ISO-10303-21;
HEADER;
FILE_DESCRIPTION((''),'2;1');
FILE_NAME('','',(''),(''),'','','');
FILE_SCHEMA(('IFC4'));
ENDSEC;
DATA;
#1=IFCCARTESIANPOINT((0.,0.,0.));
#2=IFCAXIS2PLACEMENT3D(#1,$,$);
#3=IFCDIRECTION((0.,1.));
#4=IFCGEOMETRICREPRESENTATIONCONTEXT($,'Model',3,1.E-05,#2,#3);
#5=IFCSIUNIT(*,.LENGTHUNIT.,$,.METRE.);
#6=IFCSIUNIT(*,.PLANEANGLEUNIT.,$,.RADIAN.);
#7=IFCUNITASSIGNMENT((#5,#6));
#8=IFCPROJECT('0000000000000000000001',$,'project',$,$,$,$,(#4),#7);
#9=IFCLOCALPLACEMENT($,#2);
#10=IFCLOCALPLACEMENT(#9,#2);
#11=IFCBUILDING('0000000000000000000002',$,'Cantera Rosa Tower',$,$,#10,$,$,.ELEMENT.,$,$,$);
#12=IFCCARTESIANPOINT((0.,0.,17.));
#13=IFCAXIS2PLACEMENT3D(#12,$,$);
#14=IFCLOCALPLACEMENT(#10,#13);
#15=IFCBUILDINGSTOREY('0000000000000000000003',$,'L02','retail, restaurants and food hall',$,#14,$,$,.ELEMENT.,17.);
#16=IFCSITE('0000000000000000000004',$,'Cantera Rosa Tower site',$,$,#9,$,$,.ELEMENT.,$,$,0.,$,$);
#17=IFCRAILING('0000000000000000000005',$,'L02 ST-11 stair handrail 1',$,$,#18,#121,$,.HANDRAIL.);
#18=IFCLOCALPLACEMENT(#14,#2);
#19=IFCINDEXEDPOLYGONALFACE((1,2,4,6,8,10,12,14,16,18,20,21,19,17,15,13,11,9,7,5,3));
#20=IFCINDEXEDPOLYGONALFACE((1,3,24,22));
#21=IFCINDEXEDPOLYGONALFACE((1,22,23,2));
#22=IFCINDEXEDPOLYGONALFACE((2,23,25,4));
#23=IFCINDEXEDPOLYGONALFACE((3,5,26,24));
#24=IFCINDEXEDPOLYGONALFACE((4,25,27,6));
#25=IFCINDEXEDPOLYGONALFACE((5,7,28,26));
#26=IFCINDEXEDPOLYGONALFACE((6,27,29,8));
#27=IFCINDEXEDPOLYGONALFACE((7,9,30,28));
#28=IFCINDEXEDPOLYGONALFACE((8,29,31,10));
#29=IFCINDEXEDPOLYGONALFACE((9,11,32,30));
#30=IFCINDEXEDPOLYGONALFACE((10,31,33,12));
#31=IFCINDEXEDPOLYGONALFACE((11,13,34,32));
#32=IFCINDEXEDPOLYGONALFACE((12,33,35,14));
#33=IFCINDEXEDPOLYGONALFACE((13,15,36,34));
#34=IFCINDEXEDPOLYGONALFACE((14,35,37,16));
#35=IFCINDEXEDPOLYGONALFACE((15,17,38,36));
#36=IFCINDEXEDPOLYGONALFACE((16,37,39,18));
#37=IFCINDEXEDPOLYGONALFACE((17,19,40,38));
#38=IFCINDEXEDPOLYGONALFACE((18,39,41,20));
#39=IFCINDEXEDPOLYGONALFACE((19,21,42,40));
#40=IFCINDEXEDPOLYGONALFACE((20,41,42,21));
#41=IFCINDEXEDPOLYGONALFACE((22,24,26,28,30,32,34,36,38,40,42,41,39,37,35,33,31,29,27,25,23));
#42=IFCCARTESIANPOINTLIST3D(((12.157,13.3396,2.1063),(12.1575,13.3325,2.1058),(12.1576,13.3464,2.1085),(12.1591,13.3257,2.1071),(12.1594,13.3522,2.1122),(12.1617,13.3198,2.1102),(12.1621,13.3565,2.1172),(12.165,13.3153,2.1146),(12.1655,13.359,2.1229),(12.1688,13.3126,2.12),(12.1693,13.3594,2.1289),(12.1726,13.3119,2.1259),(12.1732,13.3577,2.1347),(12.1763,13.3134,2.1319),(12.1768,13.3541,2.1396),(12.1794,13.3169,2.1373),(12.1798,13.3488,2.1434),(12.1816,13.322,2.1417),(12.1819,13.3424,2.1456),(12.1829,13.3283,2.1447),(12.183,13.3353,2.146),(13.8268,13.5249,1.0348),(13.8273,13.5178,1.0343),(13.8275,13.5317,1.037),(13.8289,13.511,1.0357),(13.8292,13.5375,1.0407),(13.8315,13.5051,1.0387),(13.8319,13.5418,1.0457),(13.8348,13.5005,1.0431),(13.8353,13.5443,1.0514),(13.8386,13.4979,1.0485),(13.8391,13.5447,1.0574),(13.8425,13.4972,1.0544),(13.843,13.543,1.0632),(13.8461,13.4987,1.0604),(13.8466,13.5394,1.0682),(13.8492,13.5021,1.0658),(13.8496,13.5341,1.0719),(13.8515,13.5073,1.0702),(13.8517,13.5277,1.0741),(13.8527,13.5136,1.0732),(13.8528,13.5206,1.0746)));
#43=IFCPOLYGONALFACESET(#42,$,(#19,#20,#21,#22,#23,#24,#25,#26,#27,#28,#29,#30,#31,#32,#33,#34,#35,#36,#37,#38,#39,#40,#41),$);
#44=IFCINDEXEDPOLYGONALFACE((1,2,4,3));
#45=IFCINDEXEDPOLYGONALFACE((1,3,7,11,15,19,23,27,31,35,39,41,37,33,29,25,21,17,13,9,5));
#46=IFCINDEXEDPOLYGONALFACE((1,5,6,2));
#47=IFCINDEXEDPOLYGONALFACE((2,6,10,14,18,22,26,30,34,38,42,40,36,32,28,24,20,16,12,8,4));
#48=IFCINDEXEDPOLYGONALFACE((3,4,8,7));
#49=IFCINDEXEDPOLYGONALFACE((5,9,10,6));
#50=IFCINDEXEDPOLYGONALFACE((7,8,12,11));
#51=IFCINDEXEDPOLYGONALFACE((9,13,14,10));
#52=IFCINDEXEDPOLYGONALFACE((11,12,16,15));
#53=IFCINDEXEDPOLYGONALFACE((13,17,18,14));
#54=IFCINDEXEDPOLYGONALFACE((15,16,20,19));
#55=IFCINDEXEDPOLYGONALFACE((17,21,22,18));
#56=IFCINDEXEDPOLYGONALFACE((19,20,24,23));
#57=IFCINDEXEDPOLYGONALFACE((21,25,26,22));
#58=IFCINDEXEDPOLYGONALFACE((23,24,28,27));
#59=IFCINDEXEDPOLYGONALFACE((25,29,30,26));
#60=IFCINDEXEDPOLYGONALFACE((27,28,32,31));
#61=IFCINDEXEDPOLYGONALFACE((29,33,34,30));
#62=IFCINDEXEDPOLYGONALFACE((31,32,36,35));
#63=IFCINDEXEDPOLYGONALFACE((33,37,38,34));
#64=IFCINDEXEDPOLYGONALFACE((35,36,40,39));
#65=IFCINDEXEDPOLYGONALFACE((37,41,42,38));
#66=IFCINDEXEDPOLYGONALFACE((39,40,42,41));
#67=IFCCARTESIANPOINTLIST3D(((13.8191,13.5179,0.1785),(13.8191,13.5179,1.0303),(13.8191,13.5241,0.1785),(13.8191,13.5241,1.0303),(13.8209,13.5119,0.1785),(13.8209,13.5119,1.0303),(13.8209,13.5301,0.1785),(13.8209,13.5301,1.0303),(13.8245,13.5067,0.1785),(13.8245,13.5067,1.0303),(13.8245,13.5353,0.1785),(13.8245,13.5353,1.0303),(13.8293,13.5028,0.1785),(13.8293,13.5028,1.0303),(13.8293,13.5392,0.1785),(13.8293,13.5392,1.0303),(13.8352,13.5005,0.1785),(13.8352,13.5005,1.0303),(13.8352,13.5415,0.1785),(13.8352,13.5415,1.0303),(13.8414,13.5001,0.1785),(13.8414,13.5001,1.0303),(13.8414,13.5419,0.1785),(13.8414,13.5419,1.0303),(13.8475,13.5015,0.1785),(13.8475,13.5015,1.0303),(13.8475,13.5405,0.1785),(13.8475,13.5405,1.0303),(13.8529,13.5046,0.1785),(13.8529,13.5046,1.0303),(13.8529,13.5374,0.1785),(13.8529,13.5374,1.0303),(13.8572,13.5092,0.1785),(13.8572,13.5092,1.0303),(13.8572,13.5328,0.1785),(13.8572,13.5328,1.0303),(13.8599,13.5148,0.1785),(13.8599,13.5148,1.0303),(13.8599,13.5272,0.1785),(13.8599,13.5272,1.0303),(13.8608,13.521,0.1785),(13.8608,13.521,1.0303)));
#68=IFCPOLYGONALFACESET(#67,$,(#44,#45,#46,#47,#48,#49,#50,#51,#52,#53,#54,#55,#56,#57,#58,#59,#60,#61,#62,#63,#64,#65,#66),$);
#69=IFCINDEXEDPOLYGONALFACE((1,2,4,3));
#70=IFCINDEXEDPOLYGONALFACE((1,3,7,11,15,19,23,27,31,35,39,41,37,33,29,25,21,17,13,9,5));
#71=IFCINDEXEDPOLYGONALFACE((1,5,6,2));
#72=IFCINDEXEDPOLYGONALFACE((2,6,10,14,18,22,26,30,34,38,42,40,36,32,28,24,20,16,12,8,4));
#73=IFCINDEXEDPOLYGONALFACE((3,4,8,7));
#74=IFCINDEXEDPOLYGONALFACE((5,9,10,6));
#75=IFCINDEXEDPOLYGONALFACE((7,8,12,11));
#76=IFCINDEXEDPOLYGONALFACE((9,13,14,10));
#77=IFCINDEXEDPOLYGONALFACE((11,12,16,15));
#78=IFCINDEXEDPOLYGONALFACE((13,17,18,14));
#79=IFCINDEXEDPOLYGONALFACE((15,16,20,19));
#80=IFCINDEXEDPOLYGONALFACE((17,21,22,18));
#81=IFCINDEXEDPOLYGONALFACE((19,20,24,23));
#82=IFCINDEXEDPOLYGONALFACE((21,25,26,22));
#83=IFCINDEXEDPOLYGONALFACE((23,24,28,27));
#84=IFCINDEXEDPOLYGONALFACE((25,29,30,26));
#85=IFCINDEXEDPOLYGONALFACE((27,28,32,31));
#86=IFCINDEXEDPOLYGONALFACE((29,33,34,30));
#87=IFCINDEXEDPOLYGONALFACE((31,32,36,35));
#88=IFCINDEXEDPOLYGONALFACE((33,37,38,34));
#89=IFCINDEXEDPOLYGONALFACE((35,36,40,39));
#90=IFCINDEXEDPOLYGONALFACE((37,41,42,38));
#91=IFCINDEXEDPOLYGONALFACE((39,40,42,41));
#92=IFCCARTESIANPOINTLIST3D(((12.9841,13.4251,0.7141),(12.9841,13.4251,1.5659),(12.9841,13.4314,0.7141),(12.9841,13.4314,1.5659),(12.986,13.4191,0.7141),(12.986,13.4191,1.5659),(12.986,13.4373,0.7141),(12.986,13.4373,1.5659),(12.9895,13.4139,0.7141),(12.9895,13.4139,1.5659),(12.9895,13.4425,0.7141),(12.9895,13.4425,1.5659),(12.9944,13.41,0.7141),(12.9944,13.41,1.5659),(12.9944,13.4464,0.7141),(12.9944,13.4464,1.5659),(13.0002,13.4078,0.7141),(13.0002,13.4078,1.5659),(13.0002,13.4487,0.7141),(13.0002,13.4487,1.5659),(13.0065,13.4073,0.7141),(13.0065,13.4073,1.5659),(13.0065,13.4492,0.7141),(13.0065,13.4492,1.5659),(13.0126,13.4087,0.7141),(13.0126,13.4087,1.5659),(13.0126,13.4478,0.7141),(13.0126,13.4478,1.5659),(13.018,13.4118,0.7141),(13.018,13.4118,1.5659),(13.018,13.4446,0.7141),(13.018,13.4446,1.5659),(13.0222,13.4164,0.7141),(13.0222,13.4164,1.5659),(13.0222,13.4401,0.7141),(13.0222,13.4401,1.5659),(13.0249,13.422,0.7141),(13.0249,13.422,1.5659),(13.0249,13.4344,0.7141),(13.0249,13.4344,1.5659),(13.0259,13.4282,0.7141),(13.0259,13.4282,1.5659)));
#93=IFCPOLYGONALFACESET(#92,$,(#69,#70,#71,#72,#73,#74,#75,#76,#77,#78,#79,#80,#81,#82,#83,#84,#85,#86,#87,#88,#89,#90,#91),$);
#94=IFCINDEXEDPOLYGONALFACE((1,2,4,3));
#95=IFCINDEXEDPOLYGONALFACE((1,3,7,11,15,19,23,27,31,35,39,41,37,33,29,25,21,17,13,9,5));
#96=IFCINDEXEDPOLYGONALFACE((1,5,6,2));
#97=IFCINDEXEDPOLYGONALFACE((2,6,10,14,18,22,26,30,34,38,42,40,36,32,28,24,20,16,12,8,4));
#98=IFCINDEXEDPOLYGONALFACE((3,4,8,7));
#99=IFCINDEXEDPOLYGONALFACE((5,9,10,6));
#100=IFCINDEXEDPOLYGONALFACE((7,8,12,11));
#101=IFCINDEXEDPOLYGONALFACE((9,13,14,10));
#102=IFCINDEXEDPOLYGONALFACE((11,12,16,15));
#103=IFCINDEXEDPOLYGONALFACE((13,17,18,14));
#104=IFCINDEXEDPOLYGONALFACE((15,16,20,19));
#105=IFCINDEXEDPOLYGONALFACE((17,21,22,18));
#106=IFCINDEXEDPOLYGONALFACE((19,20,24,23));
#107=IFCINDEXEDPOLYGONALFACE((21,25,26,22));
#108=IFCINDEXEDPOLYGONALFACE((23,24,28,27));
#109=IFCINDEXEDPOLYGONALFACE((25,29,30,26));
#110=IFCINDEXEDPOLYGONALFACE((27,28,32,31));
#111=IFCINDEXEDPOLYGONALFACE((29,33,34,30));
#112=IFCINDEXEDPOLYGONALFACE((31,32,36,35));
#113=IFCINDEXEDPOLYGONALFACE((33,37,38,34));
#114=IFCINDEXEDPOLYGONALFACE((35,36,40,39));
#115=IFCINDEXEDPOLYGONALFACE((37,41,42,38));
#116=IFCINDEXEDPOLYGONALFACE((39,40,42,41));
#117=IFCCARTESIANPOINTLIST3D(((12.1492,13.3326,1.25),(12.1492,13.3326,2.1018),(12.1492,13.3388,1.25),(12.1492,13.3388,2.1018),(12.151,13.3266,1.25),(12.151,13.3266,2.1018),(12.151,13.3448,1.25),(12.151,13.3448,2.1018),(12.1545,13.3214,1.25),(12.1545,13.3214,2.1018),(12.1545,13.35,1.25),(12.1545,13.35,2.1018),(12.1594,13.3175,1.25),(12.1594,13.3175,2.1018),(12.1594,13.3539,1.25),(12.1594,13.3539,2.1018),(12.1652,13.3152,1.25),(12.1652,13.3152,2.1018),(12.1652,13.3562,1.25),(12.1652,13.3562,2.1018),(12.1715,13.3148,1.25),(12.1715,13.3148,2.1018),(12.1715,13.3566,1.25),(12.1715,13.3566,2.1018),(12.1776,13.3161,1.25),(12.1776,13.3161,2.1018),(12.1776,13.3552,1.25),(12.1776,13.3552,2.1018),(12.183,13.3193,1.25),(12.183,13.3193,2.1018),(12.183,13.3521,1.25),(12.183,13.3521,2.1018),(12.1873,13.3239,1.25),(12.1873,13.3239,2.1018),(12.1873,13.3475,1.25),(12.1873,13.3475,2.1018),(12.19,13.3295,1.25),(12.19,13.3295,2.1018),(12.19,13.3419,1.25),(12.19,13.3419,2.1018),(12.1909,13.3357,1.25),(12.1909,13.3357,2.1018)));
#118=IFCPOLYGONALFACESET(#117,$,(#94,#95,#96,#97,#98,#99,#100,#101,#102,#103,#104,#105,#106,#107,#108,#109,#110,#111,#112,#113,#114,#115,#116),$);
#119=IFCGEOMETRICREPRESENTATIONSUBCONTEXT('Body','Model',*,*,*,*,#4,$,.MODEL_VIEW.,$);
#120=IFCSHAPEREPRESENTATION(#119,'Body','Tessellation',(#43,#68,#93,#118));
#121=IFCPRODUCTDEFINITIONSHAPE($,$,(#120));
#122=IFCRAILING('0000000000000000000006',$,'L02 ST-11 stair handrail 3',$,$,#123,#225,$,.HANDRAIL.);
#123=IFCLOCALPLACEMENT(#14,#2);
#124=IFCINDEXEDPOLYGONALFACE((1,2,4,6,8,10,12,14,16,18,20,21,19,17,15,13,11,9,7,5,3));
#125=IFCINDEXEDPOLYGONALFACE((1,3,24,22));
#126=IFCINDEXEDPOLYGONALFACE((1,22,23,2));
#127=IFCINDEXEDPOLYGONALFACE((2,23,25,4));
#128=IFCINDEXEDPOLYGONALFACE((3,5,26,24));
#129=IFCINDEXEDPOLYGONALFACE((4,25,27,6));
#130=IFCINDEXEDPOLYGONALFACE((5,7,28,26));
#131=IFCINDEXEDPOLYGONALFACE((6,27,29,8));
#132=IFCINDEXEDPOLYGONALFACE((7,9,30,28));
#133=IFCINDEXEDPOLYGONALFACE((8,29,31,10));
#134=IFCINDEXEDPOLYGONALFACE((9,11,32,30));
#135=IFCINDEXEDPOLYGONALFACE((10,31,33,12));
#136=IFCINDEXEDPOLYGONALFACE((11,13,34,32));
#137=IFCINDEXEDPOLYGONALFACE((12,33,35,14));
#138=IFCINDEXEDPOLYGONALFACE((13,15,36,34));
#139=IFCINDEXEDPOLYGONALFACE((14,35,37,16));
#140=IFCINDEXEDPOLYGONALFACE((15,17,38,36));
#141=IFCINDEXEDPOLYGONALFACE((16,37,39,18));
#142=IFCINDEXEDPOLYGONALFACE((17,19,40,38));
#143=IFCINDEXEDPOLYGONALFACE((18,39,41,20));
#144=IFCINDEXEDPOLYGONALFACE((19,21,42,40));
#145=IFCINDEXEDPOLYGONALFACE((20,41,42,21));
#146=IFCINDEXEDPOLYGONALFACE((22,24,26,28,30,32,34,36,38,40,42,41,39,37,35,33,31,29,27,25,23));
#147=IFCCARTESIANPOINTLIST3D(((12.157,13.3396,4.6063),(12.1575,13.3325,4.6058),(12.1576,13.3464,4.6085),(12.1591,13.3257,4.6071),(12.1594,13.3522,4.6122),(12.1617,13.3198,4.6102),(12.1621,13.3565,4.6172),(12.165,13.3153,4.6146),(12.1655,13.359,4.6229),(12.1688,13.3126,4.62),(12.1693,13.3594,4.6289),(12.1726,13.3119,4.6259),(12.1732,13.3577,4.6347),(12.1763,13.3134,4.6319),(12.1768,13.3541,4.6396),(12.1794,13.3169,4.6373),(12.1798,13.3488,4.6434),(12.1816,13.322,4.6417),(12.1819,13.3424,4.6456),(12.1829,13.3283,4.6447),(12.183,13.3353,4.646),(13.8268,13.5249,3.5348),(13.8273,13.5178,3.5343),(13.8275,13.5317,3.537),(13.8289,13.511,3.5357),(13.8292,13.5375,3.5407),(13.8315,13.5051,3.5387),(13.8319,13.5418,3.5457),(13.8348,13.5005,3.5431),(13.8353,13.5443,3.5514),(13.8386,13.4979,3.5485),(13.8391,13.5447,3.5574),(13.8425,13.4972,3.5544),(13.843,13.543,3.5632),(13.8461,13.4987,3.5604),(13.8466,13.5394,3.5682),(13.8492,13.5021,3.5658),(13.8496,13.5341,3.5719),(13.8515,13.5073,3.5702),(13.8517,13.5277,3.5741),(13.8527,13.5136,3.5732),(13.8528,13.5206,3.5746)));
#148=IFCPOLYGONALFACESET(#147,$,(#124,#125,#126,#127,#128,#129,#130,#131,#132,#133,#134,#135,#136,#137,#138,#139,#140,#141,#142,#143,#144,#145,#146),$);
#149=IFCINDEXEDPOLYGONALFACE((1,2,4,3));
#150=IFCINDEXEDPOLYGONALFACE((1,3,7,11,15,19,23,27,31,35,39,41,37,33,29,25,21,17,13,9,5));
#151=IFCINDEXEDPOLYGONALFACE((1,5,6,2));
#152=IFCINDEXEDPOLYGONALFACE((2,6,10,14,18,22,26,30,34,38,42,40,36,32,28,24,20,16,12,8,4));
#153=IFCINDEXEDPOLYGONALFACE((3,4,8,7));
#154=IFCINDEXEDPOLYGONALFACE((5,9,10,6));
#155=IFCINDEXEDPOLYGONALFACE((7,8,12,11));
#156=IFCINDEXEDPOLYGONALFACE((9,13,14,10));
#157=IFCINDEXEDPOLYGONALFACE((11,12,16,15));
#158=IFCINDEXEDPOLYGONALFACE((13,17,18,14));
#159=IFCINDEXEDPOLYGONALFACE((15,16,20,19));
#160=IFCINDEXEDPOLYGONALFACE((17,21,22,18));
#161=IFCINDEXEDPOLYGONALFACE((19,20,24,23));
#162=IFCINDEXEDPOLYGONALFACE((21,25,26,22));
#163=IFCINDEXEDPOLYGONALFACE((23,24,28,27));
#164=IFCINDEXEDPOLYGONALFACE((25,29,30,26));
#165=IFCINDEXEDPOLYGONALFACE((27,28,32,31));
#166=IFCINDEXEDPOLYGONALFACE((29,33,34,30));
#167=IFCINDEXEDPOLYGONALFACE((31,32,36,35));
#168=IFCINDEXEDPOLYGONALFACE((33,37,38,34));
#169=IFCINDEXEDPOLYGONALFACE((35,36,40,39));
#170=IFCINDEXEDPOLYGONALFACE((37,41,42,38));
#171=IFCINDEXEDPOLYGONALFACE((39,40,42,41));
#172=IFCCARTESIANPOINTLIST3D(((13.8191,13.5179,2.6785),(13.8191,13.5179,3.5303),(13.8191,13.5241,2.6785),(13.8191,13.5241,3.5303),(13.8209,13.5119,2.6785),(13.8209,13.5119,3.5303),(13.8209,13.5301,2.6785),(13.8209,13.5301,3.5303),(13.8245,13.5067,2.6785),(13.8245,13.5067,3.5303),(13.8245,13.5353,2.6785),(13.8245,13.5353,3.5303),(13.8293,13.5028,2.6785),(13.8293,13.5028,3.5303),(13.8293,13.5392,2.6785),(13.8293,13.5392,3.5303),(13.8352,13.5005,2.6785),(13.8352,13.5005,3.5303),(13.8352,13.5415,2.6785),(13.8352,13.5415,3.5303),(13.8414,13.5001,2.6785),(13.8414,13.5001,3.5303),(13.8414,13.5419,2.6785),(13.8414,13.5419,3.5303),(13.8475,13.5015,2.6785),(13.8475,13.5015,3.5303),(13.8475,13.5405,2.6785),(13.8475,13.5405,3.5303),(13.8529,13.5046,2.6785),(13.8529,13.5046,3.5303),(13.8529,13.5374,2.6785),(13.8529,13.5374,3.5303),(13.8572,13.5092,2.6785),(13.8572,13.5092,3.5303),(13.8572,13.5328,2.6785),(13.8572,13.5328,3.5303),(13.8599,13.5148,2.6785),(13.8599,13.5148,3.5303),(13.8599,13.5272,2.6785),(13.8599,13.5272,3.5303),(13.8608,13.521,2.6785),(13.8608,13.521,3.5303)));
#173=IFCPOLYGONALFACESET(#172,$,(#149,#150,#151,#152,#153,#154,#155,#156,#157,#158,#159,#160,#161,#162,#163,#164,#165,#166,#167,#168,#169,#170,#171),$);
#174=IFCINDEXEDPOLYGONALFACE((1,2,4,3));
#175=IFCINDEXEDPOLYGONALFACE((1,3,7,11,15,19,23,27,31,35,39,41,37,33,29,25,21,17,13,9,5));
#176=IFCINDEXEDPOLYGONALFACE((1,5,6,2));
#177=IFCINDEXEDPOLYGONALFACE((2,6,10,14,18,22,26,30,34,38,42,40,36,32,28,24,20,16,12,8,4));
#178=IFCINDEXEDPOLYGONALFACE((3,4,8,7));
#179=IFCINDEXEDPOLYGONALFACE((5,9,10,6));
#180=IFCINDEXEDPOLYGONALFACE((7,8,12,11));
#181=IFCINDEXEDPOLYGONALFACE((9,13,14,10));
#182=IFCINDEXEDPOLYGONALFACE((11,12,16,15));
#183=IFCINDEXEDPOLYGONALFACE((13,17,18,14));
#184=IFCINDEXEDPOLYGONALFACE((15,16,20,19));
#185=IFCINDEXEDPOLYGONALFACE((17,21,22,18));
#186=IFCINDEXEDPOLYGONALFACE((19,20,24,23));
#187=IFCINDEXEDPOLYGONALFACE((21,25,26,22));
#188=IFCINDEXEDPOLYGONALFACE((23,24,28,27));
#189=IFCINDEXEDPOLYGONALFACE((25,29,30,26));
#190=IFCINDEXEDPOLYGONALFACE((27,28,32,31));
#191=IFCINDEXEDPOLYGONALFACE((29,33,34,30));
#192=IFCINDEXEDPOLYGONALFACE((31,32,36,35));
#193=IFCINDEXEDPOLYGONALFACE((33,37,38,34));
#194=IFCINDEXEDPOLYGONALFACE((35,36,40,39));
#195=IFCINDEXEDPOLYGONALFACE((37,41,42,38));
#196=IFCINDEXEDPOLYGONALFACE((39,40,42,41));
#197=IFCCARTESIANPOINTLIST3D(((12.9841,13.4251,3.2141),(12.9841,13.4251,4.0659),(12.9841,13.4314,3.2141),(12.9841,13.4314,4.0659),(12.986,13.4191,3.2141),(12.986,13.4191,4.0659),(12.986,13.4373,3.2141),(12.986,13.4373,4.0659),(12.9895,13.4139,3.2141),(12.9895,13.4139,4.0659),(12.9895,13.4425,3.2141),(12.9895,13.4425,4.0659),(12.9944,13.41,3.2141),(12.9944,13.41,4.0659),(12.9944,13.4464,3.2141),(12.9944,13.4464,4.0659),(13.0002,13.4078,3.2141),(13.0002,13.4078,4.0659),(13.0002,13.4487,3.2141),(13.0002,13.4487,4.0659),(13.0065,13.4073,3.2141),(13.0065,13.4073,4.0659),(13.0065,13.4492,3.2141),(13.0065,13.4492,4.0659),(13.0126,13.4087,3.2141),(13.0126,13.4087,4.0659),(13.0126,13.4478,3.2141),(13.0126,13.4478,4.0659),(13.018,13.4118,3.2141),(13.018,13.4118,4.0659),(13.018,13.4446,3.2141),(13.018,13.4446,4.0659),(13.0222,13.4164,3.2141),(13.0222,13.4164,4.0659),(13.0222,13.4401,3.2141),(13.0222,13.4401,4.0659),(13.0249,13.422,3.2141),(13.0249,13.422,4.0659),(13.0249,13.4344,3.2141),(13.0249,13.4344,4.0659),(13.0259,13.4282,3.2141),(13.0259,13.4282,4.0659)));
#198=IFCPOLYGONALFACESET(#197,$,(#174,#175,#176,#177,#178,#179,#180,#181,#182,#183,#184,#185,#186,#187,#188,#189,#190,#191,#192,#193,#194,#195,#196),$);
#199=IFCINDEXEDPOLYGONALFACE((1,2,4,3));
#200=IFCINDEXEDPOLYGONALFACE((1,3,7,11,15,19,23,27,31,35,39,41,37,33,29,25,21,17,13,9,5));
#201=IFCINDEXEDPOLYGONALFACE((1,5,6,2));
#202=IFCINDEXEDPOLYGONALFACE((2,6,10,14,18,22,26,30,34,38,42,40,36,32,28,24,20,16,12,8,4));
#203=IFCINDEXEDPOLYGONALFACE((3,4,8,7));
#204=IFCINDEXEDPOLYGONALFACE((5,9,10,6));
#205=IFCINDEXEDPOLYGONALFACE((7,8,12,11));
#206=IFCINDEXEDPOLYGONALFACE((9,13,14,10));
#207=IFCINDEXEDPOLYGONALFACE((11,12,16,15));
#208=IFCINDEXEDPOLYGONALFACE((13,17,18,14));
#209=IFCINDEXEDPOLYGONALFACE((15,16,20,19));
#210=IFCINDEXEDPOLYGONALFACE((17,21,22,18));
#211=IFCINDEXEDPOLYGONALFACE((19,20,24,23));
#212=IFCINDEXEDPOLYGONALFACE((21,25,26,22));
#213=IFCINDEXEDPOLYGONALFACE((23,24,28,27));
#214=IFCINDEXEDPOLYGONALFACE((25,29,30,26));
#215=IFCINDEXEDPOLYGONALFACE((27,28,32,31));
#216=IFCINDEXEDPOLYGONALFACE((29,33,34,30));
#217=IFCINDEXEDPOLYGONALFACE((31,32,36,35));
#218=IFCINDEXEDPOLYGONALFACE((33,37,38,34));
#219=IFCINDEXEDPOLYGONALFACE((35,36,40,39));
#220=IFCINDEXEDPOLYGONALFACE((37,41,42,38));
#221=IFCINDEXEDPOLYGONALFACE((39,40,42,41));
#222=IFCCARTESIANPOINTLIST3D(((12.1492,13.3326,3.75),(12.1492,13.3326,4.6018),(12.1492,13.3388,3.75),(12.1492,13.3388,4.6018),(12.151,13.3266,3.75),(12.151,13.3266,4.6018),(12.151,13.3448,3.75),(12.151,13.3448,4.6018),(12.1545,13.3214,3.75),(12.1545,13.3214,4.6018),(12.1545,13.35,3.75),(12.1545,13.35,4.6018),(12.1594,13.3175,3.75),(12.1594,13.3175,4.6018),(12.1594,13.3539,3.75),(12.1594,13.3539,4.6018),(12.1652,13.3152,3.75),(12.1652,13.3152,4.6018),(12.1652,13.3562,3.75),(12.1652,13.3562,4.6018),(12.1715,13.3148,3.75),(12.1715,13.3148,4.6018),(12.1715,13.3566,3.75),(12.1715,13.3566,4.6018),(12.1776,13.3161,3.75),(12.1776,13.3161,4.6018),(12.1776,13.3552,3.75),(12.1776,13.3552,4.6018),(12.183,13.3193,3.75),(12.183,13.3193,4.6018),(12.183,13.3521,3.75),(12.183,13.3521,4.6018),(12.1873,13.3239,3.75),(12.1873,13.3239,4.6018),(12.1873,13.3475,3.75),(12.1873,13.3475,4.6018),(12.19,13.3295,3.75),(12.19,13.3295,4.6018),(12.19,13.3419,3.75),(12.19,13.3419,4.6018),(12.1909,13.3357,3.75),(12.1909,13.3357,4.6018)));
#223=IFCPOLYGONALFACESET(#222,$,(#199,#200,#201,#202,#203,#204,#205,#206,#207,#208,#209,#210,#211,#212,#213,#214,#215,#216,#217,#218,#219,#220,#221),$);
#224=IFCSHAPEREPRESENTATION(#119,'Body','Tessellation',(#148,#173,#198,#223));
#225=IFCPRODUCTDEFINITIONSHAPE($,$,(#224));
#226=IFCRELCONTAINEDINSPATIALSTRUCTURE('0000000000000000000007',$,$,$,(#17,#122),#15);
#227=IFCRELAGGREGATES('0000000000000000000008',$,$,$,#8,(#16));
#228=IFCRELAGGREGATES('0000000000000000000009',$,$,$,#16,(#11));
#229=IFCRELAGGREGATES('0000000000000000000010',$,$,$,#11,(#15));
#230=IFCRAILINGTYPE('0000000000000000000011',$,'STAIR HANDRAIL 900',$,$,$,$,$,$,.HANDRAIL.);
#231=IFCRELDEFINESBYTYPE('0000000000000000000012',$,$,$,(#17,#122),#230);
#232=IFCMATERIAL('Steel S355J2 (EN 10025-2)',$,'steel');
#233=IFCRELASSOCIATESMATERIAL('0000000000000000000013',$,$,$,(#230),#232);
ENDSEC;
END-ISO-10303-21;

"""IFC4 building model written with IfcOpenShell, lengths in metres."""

from ifc_helpers import new_model, si_unit, direction, frame, origin, origin_2d, place, context, subcontext, project, spatial, circle, extrude, material, type_object, element, save


model = new_model("IFC4")

# Units and contexts
model_context = context("Model", 3, precision=1e-05, world=origin(), true_north=direction((0.0, 1.0)))
body_context = subcontext(model_context, "Body", "Model", "MODEL_VIEW")
ifc_project = project(units=[si_unit("LENGTHUNIT", "METRE"), si_unit("PLANEANGLEUNIT", "RADIAN")], contexts=[model_context])

# Site, building, storey
site_placement = place(None, origin())
site = spatial("IfcSite", under=ifc_project, at=site_placement, Name="Cantera Rosa Tower site", CompositionType="ELEMENT", RefElevation=0.0)
building_placement = place(site_placement, origin())
building = spatial("IfcBuilding", under=site, at=building_placement, Name="Cantera Rosa Tower", CompositionType="ELEMENT")
storey_placement = place(building_placement, frame((0.0, 0.0, 17.0)))
storey = spatial("IfcBuildingStorey", under=building, at=storey_placement, Name="L02", Description="retail, restaurants and food hall", CompositionType="ELEMENT", Elevation=17.0)

# Railings
ifc_material_1 = material(Name="Steel S355J2 (EN 10025-2)", Category="steel")
railing_type_1 = type_object("IfcRailingType", Name="STAIR HANDRAIL 900", PredefinedType="HANDRAIL", material=ifc_material_1)
for number, where, name in (
    (1, (13.8398, 13.521, 0.1785), "L02 ST-11 stair handrail 1"),
    (2, (13.8398, 13.521, 2.6785), "L02 ST-11 stair handrail 3"),
):
    element("IfcRailing", number, at=place(storey_placement, frame(where)), inside=storey, type_object=railing_type_1, Name=name, PredefinedType="HANDRAIL", context=body_context, shape_type="SweptSolid", body=[
        extrude(circle(Radius=0.0239, at=origin_2d()), frame((0.0, 0.0, 0.876), z_axis=(-0.837987, -0.092987, 0.537709), x_axis=(0.110288, -0.9939, 0.0)), (0.0, 0.0, 1.0), 1.9927),
        extrude(circle(Radius=0.021, at=origin_2d()), origin(), (0.0, 0.0, 1.0), 0.8518),
        extrude(circle(Radius=0.021, at=origin_2d()), frame((-0.835, -0.0928, 0.5356)), (0.0, 0.0, 1.0), 0.8518),
        extrude(circle(Radius=0.021, at=origin_2d()), frame((-1.6699, -0.1853, 1.0715)), (0.0, 0.0, 1.0), 0.8518),
    ])

save(model, "model.ifc")
